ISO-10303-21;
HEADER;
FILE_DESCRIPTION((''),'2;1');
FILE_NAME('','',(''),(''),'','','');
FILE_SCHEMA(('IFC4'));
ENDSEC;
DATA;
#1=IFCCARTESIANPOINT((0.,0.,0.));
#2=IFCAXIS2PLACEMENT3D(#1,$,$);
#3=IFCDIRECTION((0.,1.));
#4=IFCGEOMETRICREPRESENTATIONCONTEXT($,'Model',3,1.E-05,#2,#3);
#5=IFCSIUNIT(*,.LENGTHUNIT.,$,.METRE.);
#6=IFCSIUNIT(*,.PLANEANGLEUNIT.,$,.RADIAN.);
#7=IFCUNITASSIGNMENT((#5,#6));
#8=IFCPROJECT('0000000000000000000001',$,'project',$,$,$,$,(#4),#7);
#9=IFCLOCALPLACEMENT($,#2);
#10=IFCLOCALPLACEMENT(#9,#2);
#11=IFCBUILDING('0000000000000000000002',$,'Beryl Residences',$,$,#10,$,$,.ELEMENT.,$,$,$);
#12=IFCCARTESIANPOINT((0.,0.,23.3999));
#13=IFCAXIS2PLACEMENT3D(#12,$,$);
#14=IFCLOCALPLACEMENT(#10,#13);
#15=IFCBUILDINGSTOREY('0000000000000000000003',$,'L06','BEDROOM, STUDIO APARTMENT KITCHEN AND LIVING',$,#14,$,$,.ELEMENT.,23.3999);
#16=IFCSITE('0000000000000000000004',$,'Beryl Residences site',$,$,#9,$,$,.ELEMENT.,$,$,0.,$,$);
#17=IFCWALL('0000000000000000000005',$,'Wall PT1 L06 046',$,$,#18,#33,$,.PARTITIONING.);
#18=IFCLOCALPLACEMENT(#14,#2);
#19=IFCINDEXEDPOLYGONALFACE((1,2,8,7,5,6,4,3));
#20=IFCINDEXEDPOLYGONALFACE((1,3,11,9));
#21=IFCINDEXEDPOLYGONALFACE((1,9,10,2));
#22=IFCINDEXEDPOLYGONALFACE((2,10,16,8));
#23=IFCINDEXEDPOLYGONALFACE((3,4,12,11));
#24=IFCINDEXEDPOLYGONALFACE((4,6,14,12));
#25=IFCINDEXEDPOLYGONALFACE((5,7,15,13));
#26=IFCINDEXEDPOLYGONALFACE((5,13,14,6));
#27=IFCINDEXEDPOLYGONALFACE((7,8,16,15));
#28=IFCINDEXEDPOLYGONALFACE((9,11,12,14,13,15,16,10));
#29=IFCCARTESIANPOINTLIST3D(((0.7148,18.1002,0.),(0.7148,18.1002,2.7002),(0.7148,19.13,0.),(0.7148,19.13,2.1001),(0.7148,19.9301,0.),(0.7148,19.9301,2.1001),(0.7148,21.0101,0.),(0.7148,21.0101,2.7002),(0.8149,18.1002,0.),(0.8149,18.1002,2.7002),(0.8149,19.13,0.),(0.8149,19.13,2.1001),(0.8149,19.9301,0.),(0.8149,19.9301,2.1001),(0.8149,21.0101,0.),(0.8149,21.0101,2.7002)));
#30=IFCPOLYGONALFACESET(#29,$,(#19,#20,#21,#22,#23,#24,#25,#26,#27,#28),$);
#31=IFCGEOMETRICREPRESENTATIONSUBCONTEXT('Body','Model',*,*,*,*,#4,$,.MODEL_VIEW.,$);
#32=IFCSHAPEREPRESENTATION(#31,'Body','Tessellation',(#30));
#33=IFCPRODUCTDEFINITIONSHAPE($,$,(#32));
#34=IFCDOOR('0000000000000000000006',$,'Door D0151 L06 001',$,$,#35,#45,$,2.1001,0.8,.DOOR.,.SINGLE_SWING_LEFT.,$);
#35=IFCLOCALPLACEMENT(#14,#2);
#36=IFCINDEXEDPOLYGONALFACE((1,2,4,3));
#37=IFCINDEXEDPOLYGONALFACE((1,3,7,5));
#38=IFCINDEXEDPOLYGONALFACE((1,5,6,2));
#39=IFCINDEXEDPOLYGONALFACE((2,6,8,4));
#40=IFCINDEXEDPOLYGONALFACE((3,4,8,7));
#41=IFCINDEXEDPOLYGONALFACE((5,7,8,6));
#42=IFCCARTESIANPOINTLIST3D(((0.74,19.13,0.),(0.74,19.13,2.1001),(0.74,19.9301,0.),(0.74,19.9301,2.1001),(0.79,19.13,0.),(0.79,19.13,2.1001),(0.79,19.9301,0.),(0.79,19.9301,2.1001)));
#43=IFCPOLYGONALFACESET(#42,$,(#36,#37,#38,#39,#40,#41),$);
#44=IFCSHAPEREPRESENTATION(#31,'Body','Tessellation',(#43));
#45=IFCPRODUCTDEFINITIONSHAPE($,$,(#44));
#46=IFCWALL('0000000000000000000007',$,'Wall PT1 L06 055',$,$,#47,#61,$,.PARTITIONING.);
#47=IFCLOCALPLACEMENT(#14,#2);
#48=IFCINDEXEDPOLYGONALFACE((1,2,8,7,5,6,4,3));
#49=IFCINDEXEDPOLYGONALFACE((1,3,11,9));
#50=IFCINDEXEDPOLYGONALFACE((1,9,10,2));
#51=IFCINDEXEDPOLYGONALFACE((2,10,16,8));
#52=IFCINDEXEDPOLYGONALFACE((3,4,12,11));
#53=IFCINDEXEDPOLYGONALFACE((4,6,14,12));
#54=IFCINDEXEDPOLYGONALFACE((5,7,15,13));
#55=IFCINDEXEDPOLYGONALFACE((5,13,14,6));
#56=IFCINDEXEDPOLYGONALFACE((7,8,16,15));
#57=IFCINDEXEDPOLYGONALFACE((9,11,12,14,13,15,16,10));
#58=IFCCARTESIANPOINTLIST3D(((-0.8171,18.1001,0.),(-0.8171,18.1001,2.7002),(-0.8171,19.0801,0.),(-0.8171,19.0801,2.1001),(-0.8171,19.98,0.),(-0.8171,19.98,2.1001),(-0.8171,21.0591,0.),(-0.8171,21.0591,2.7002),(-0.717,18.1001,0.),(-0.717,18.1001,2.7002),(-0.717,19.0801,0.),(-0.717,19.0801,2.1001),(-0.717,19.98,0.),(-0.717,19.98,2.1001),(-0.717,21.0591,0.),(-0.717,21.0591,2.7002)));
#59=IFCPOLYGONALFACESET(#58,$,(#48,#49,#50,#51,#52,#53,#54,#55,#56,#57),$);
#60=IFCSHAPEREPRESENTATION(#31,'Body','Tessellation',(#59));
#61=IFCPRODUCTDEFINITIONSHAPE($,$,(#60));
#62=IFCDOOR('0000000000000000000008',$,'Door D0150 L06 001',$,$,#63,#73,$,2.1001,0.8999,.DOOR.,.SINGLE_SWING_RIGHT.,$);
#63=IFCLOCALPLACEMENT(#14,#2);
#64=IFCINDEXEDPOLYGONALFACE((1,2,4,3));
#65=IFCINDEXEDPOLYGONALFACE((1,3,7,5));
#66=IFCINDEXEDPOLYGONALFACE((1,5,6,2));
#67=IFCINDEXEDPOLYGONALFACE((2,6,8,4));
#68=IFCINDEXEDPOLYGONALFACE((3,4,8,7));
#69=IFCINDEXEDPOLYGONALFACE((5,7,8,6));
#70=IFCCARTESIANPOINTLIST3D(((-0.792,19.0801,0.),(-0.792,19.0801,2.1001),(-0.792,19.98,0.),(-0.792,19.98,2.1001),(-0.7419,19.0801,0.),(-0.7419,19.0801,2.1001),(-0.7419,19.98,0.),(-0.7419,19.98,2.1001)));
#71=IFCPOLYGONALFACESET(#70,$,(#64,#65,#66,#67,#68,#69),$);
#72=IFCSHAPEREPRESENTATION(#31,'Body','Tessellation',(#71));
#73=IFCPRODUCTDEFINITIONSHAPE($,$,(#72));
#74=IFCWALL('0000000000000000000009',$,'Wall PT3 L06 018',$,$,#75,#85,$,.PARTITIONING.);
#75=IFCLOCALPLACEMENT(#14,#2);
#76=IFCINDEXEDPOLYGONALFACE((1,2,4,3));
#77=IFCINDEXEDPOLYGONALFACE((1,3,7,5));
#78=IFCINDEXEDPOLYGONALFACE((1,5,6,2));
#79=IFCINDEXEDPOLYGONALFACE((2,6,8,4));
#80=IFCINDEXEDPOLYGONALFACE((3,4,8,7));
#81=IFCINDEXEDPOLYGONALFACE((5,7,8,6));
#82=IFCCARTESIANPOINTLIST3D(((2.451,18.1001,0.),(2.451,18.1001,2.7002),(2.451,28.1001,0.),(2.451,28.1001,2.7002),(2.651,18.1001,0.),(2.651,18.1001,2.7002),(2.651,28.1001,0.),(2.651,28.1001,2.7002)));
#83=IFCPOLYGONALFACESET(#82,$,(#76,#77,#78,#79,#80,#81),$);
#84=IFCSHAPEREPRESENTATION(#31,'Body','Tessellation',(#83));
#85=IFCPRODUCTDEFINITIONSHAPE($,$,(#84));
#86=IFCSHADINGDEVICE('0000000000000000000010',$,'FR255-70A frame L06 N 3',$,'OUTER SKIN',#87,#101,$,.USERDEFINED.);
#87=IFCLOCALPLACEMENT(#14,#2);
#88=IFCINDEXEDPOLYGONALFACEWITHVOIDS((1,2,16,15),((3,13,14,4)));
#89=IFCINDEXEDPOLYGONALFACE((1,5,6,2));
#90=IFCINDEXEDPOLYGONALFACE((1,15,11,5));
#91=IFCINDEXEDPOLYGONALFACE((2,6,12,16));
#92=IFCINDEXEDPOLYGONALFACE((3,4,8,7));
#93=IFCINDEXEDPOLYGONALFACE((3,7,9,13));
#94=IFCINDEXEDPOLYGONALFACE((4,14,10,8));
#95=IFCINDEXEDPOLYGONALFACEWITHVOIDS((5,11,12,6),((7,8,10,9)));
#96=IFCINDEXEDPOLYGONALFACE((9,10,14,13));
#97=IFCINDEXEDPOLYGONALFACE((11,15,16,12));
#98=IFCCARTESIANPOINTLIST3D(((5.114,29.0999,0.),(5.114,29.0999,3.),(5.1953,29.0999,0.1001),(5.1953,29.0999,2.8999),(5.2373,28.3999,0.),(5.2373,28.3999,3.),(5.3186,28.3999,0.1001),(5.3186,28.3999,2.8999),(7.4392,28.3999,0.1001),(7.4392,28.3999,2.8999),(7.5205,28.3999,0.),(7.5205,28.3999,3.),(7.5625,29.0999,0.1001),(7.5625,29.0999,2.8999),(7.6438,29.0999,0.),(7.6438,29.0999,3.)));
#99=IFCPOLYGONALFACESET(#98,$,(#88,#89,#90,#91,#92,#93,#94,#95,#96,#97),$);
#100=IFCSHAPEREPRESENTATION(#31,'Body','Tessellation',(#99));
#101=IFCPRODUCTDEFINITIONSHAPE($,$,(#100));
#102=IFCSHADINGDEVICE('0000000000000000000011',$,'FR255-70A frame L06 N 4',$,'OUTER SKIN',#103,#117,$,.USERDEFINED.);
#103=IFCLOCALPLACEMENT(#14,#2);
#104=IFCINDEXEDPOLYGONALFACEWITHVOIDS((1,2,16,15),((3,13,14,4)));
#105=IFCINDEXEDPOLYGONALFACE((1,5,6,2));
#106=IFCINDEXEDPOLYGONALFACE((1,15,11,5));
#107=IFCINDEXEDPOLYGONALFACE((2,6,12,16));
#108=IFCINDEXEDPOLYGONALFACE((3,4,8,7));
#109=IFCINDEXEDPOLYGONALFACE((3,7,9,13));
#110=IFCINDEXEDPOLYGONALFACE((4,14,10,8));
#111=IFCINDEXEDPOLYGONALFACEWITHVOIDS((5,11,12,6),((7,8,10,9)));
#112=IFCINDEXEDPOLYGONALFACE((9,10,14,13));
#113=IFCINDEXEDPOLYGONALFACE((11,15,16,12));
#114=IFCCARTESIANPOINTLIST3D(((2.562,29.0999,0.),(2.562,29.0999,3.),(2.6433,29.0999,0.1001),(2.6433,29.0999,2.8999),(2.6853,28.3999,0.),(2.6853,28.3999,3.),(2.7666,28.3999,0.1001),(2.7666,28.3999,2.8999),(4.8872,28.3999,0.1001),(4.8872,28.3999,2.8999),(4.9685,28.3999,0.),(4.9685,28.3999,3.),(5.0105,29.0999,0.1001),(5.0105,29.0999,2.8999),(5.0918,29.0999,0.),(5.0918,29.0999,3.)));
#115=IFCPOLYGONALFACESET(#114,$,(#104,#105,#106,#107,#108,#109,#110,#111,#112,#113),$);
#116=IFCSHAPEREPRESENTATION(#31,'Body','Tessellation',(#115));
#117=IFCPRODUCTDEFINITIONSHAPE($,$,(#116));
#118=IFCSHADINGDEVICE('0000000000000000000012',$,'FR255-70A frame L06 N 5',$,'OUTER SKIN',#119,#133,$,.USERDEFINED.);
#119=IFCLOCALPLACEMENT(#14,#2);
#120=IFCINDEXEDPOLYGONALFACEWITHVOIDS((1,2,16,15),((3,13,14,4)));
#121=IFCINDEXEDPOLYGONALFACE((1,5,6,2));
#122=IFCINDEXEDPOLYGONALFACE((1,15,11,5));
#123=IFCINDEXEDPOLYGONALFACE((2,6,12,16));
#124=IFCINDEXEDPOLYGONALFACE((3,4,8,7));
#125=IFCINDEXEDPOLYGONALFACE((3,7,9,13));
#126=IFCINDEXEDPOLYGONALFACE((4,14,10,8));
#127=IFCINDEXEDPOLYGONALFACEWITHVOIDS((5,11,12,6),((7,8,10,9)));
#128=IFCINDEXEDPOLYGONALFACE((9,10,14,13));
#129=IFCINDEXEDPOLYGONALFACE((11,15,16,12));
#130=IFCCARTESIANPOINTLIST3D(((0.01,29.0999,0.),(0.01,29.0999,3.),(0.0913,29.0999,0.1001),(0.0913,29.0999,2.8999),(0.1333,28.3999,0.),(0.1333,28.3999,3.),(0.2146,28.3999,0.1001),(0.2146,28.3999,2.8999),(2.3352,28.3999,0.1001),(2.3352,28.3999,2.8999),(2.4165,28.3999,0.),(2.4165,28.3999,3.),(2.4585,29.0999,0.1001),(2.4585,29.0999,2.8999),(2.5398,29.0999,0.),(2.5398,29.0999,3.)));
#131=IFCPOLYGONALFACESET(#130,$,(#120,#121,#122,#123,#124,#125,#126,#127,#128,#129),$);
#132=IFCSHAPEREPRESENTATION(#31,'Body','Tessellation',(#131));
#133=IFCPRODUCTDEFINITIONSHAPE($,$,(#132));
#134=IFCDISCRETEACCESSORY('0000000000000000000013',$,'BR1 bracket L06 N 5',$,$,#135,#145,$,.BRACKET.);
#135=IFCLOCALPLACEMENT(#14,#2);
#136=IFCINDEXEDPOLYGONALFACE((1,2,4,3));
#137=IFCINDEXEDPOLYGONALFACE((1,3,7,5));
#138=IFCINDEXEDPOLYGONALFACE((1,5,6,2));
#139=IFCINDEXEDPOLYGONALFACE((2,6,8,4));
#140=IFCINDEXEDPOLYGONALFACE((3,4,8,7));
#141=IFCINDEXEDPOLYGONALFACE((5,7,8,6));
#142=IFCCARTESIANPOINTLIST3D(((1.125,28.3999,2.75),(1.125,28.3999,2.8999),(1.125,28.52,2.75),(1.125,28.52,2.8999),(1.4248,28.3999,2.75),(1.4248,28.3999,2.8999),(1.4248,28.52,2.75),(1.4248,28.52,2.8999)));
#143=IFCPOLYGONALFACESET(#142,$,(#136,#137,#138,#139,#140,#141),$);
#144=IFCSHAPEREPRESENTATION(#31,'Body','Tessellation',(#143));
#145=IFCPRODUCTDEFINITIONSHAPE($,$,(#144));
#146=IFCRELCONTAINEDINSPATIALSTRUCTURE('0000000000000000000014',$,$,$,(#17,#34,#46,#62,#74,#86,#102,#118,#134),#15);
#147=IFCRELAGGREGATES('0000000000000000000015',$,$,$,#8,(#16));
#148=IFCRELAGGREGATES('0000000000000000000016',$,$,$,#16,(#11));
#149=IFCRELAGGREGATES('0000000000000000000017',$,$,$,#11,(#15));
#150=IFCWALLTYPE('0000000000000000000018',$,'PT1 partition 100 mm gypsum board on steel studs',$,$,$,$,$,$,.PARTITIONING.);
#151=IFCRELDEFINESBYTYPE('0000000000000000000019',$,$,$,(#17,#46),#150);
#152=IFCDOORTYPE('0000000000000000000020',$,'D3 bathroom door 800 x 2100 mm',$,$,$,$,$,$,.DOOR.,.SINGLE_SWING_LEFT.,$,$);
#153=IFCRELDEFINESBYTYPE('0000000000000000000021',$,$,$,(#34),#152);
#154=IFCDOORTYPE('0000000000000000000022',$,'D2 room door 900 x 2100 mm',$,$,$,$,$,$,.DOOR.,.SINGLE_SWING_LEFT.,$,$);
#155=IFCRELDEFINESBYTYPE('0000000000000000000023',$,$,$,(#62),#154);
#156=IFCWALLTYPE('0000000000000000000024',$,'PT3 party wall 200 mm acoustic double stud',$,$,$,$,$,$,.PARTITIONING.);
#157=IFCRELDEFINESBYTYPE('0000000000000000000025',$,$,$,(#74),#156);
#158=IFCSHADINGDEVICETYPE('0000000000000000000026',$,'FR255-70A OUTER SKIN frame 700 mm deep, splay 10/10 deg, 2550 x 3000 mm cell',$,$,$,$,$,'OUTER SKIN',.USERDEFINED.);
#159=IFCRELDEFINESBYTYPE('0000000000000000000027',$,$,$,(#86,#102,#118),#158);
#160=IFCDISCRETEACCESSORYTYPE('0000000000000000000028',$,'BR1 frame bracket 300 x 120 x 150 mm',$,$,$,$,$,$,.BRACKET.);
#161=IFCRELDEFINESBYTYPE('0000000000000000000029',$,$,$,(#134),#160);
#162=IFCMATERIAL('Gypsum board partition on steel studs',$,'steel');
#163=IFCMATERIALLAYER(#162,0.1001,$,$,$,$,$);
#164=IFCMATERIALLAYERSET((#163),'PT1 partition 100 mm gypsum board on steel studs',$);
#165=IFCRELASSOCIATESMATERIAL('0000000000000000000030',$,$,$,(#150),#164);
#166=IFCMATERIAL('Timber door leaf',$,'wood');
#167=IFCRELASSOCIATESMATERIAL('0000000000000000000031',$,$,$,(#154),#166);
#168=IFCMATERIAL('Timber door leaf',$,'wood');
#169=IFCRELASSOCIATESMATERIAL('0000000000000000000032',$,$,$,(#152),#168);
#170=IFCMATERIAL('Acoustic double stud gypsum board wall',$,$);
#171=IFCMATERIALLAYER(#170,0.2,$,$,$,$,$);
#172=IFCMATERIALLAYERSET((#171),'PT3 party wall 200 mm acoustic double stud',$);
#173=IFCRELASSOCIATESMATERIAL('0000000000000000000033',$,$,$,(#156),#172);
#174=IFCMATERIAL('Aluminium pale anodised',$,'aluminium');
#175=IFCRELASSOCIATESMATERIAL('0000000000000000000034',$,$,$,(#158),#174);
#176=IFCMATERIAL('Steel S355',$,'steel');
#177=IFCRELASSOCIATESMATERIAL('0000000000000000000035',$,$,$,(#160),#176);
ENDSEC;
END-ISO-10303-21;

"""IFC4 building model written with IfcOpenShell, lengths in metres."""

from ifc_helpers import new_model, entity, si_unit, direction, frame, frame_2d, origin, place, context, subcontext, project, spatial, polyline, rectangle, outline, extrude, source, transform, mapped, material, layer, layer_set, type_object, type_shapes, element, fill, save


model = new_model("IFC4")

# Units and contexts
model_context = context("Model", 3, precision=1e-05, world=origin(), true_north=direction((0.0, 1.0)))
body_context = subcontext(model_context, "Body", "Model", "MODEL_VIEW")
ifc_project = project(units=[si_unit("LENGTHUNIT", "METRE"), si_unit("PLANEANGLEUNIT", "RADIAN")], contexts=[model_context])

# Site, building, storey
site_placement = place(None, origin())
site = spatial("IfcSite", under=ifc_project, at=site_placement, Name="Beryl Residences site", CompositionType="ELEMENT", RefElevation=0.0)
building_placement = place(site_placement, origin())
building = spatial("IfcBuilding", under=site, at=building_placement, Name="Beryl Residences", CompositionType="ELEMENT")
storey_placement = place(building_placement, frame((0.0, 0.0, 23.3999)))
storey = spatial("IfcBuildingStorey", under=building, at=storey_placement, Name="L06", Description="BEDROOM, STUDIO APARTMENT KITCHEN AND LIVING", CompositionType="ELEMENT", Elevation=23.3999)

# Shared definitions
ifc_material_1 = material(Name="Gypsum board partition on steel studs", Category="steel")
ifc_layer_1 = layer(ifc_material_1, 0.1001)
ifc_layer_set_1 = layer_set([ifc_layer_1], Name="PT1 partition 100 mm gypsum board on steel studs")
wall_type_1 = type_object("IfcWallType", Name="PT1 partition 100 mm gypsum board on steel studs", PredefinedType="PARTITIONING", material=ifc_layer_set_1)

# Shared definitions
ifc_material_2 = material(Name="Timber door leaf", Category="wood")
door_type_1 = type_object("IfcDoorType", Name="D2 room door 900 x 2100 mm", OperationType="SINGLE_SWING_LEFT", PredefinedType="DOOR", material=ifc_material_2)
ifc_material_3 = material(Name="Timber door leaf", Category="wood")
door_type_2 = type_object("IfcDoorType", Name="D3 bathroom door 800 x 2100 mm", OperationType="SINGLE_SWING_LEFT", PredefinedType="DOOR", material=ifc_material_3)

# Walls, openings, doors
wall_1_placement = place(storey_placement, frame((0.7649, 18.1001, 0.0), z_axis=(0.0, 0.0, 1.0), x_axis=(0.0, 1.0, 0.0)))
wall_1 = element("IfcWall", 1, at=wall_1_placement, inside=storey, type_object=wall_type_1, Name="Wall PT1 L06 046", PredefinedType="PARTITIONING", context=body_context, shape_type="SweptSolid", body=[
    extrude(rectangle(XDim=2.9099, YDim=0.1001, at=frame_2d((1.4551, 0.0))), origin(), (0.0, 0.0, 1.0), 2.7002),
])
opening_1_placement = place(wall_1_placement, frame((1.03, 0.0, 0.0)))
opening_1 = element("IfcOpeningElement", 2, at=opening_1_placement, cuts=wall_1, PredefinedType="OPENING", context=body_context, shape_type="SweptSolid", body=[
    extrude(rectangle(XDim=0.8, YDim=2.1001, at=frame_2d((0.3999, 1.05))), frame((0.0, 0.0601, 0.0), z_axis=(0.0, -1.0, 0.0), x_axis=(1.0, 0.0, 0.0)), (0.0, 0.0, 1.0), 0.1201),
])
door_1_placement = place(opening_1_placement, origin())
door_1 = element("IfcDoor", 3, at=door_1_placement, inside=storey, type_object=door_type_2, Name="Door D0151 L06 001", OperationType="SINGLE_SWING_LEFT", OverallHeight=2.1001, OverallWidth=0.8, PredefinedType="DOOR", context=body_context, shape_type="SweptSolid", body=[
    extrude(rectangle(XDim=0.8, YDim=2.1001, at=frame_2d((0.3999, 1.05))), frame((0.0, 0.0249, 0.0), z_axis=(0.0, -1.0, 0.0), x_axis=(1.0, 0.0, 0.0)), (0.0, 0.0, 1.0), 0.05),
])
fill(opening_1, door_1)
wall_2_placement = place(storey_placement, frame((-0.7671, 18.1001, 0.0), z_axis=(0.0, 0.0, 1.0), x_axis=(0.0, 1.0, 0.0)))
wall_2 = element("IfcWall", 4, at=wall_2_placement, inside=storey, type_object=wall_type_1, Name="Wall PT1 L06 055", PredefinedType="PARTITIONING", context=body_context, shape_type="SweptSolid", body=[
    extrude(rectangle(XDim=2.959, YDim=0.1001, at=frame_2d((1.4795, 0.0))), origin(), (0.0, 0.0, 1.0), 2.7002),
])
opening_2_placement = place(wall_2_placement, frame((0.98, 0.0, 0.0)))
opening_2 = element("IfcOpeningElement", 5, at=opening_2_placement, cuts=wall_2, PredefinedType="OPENING", context=body_context, shape_type="SweptSolid", body=[
    extrude(rectangle(XDim=0.8999, YDim=2.1001, at=frame_2d((0.45, 1.05))), frame((0.0, 0.0601, 0.0), z_axis=(0.0, -1.0, 0.0), x_axis=(1.0, 0.0, 0.0)), (0.0, 0.0, 1.0), 0.1201),
])
door_2_placement = place(opening_2_placement, origin())
door_2 = element("IfcDoor", 6, at=door_2_placement, inside=storey, type_object=door_type_1, Name="Door D0150 L06 001", OperationType="SINGLE_SWING_RIGHT", OverallHeight=2.1001, OverallWidth=0.8999, PredefinedType="DOOR", context=body_context, shape_type="SweptSolid", body=[
    extrude(rectangle(XDim=0.8999, YDim=2.1001, at=frame_2d((0.45, 1.05))), frame((0.0, 0.0249, 0.0), z_axis=(0.0, -1.0, 0.0), x_axis=(1.0, 0.0, 0.0)), (0.0, 0.0, 1.0), 0.05),
])
fill(opening_2, door_2)

# Wall
ifc_material_4 = material(Name="Acoustic double stud gypsum board wall")
ifc_layer_2 = layer(ifc_material_4, 0.2)
ifc_layer_set_2 = layer_set([ifc_layer_2], Name="PT3 party wall 200 mm acoustic double stud")
wall_type_2 = type_object("IfcWallType", Name="PT3 party wall 200 mm acoustic double stud", PredefinedType="PARTITIONING", material=ifc_layer_set_2)
wall_3_placement = place(storey_placement, frame((2.551, 18.1001, 0.0), z_axis=(0.0, 0.0, 1.0), x_axis=(0.0, 1.0, 0.0)))
element("IfcWall", 7, at=wall_3_placement, inside=storey, type_object=wall_type_2, Name="Wall PT3 L06 018", PredefinedType="PARTITIONING", context=body_context, shape_type="SweptSolid", body=[
    extrude(rectangle(XDim=10.0, YDim=0.2, at=frame_2d((5.0, 0.0))), origin(), (0.0, 0.0, 1.0), 2.7002),
])

# Shading devices
ifc_material_5 = material(Name="Aluminium pale anodised", Category="aluminium")
shading_device_type = type_object("IfcShadingDeviceType", Name="FR255-70A OUTER SKIN frame 700 mm deep, splay 10/10 deg, 2550 x 3000 mm cell", ElementType="OUTER SKIN", PredefinedType="USERDEFINED", material=ifc_material_5)
cartesian_point_1 = entity("IfcCartesianPoint", [-1.1416, 0.0])
cartesian_point_2 = entity("IfcCartesianPoint", [-1.0603, 0.1001])
cartesian_point_3 = entity("IfcCartesianPoint", [-1.2649, 0.0])
cartesian_point_4 = entity("IfcCartesianPoint", [-1.1836, 0.1001])
shared_shape_1 = source(origin(), body_context, "Body", "SweptSolid", [
    entity("IfcExtrudedAreaSolidTapered", entity("IfcArbitraryProfileDefWithVoids", "AREA", None, entity("IfcPolyline", [cartesian_point_1, entity("IfcCartesianPoint", [1.1416, 0.0]), entity("IfcCartesianPoint", [1.1416, 3.0]), entity("IfcCartesianPoint", [-1.1416, 3.0]), cartesian_point_1]), [entity("IfcPolyline", [cartesian_point_2, entity("IfcCartesianPoint", [1.0603, 0.1001]), entity("IfcCartesianPoint", [1.0603, 2.8999]), entity("IfcCartesianPoint", [-1.0603, 2.8999]), cartesian_point_2])]), entity("IfcAxis2Placement3D", entity("IfcCartesianPoint", [0.0, 0.0, 0.0]), entity("IfcDirection", [0.0, 1.0, 0.0]), entity("IfcDirection", [-1.0, 0.0, 0.0])), entity("IfcDirection", [0.0, 0.0, 1.0]), 0.7, entity("IfcArbitraryProfileDefWithVoids", "AREA", None, entity("IfcPolyline", [cartesian_point_3, entity("IfcCartesianPoint", [1.2649, 0.0]), entity("IfcCartesianPoint", [1.2649, 3.0]), entity("IfcCartesianPoint", [-1.2649, 3.0]), cartesian_point_3]), [entity("IfcPolyline", [cartesian_point_4, entity("IfcCartesianPoint", [1.1836, 0.1001]), entity("IfcCartesianPoint", [1.1836, 2.8999]), entity("IfcCartesianPoint", [-1.1836, 2.8999]), cartesian_point_4])])),
])
type_shapes(shading_device_type, [shared_shape_1])
for number, where, z_axis, x_axis, name in (
    (8, (6.3789, 28.3999, 0.0), (0.0, 0.0, 1.0), (1.0, 0.0, 0.0), "FR255-70A frame L06 N 3"),
    (9, (3.8269, 28.3999, 0.0), (0.0, 0.0, 1.0), (1.0, 0.0, 0.0), "FR255-70A frame L06 N 4"),
    (10, (1.2749, 28.3999, 0.0), (0.0, 0.0, 1.0), (1.0, 0.0, 0.0), "FR255-70A frame L06 N 5"),
):
    element("IfcShadingDevice", number, at=place(storey_placement, frame(where, z_axis=z_axis, x_axis=x_axis)), inside=storey, type_object=shading_device_type, Name=name, ObjectType="OUTER SKIN", PredefinedType="USERDEFINED", context=body_context, shape_type="MappedRepresentation", body=[
        mapped(shared_shape_1, transform((0.0, 0.0, 0.0))),
    ])

# Discrete accessory
ifc_material_6 = material(Name="Steel S355", Category="steel")
discrete_accessory_type = type_object("IfcDiscreteAccessoryType", Name="BR1 frame bracket 300 x 120 x 150 mm", PredefinedType="BRACKET", material=ifc_material_6)
shared_shape_2 = source(origin(), body_context, "Body", "SweptSolid", [
    extrude(outline(polyline([(-0.1499, 0.0), (0.1499, 0.0), (0.1499, 0.1201), (-0.1499, 0.1201), (-0.1499, 0.0)])), origin(), (0.0, 0.0, 1.0), 0.1499),
])
type_shapes(discrete_accessory_type, [shared_shape_2])
discrete_accessory_placement = place(storey_placement, frame((1.2749, 28.3999, 2.75), z_axis=(0.0, 0.0, 1.0), x_axis=(1.0, 0.0, 0.0)))
element("IfcDiscreteAccessory", 11, at=discrete_accessory_placement, inside=storey, type_object=discrete_accessory_type, Name="BR1 bracket L06 N 5", PredefinedType="BRACKET", context=body_context, shape_type="MappedRepresentation", body=[
    mapped(shared_shape_2, transform((0.0, 0.0, 0.0))),
])

save(model, "model.ifc")
